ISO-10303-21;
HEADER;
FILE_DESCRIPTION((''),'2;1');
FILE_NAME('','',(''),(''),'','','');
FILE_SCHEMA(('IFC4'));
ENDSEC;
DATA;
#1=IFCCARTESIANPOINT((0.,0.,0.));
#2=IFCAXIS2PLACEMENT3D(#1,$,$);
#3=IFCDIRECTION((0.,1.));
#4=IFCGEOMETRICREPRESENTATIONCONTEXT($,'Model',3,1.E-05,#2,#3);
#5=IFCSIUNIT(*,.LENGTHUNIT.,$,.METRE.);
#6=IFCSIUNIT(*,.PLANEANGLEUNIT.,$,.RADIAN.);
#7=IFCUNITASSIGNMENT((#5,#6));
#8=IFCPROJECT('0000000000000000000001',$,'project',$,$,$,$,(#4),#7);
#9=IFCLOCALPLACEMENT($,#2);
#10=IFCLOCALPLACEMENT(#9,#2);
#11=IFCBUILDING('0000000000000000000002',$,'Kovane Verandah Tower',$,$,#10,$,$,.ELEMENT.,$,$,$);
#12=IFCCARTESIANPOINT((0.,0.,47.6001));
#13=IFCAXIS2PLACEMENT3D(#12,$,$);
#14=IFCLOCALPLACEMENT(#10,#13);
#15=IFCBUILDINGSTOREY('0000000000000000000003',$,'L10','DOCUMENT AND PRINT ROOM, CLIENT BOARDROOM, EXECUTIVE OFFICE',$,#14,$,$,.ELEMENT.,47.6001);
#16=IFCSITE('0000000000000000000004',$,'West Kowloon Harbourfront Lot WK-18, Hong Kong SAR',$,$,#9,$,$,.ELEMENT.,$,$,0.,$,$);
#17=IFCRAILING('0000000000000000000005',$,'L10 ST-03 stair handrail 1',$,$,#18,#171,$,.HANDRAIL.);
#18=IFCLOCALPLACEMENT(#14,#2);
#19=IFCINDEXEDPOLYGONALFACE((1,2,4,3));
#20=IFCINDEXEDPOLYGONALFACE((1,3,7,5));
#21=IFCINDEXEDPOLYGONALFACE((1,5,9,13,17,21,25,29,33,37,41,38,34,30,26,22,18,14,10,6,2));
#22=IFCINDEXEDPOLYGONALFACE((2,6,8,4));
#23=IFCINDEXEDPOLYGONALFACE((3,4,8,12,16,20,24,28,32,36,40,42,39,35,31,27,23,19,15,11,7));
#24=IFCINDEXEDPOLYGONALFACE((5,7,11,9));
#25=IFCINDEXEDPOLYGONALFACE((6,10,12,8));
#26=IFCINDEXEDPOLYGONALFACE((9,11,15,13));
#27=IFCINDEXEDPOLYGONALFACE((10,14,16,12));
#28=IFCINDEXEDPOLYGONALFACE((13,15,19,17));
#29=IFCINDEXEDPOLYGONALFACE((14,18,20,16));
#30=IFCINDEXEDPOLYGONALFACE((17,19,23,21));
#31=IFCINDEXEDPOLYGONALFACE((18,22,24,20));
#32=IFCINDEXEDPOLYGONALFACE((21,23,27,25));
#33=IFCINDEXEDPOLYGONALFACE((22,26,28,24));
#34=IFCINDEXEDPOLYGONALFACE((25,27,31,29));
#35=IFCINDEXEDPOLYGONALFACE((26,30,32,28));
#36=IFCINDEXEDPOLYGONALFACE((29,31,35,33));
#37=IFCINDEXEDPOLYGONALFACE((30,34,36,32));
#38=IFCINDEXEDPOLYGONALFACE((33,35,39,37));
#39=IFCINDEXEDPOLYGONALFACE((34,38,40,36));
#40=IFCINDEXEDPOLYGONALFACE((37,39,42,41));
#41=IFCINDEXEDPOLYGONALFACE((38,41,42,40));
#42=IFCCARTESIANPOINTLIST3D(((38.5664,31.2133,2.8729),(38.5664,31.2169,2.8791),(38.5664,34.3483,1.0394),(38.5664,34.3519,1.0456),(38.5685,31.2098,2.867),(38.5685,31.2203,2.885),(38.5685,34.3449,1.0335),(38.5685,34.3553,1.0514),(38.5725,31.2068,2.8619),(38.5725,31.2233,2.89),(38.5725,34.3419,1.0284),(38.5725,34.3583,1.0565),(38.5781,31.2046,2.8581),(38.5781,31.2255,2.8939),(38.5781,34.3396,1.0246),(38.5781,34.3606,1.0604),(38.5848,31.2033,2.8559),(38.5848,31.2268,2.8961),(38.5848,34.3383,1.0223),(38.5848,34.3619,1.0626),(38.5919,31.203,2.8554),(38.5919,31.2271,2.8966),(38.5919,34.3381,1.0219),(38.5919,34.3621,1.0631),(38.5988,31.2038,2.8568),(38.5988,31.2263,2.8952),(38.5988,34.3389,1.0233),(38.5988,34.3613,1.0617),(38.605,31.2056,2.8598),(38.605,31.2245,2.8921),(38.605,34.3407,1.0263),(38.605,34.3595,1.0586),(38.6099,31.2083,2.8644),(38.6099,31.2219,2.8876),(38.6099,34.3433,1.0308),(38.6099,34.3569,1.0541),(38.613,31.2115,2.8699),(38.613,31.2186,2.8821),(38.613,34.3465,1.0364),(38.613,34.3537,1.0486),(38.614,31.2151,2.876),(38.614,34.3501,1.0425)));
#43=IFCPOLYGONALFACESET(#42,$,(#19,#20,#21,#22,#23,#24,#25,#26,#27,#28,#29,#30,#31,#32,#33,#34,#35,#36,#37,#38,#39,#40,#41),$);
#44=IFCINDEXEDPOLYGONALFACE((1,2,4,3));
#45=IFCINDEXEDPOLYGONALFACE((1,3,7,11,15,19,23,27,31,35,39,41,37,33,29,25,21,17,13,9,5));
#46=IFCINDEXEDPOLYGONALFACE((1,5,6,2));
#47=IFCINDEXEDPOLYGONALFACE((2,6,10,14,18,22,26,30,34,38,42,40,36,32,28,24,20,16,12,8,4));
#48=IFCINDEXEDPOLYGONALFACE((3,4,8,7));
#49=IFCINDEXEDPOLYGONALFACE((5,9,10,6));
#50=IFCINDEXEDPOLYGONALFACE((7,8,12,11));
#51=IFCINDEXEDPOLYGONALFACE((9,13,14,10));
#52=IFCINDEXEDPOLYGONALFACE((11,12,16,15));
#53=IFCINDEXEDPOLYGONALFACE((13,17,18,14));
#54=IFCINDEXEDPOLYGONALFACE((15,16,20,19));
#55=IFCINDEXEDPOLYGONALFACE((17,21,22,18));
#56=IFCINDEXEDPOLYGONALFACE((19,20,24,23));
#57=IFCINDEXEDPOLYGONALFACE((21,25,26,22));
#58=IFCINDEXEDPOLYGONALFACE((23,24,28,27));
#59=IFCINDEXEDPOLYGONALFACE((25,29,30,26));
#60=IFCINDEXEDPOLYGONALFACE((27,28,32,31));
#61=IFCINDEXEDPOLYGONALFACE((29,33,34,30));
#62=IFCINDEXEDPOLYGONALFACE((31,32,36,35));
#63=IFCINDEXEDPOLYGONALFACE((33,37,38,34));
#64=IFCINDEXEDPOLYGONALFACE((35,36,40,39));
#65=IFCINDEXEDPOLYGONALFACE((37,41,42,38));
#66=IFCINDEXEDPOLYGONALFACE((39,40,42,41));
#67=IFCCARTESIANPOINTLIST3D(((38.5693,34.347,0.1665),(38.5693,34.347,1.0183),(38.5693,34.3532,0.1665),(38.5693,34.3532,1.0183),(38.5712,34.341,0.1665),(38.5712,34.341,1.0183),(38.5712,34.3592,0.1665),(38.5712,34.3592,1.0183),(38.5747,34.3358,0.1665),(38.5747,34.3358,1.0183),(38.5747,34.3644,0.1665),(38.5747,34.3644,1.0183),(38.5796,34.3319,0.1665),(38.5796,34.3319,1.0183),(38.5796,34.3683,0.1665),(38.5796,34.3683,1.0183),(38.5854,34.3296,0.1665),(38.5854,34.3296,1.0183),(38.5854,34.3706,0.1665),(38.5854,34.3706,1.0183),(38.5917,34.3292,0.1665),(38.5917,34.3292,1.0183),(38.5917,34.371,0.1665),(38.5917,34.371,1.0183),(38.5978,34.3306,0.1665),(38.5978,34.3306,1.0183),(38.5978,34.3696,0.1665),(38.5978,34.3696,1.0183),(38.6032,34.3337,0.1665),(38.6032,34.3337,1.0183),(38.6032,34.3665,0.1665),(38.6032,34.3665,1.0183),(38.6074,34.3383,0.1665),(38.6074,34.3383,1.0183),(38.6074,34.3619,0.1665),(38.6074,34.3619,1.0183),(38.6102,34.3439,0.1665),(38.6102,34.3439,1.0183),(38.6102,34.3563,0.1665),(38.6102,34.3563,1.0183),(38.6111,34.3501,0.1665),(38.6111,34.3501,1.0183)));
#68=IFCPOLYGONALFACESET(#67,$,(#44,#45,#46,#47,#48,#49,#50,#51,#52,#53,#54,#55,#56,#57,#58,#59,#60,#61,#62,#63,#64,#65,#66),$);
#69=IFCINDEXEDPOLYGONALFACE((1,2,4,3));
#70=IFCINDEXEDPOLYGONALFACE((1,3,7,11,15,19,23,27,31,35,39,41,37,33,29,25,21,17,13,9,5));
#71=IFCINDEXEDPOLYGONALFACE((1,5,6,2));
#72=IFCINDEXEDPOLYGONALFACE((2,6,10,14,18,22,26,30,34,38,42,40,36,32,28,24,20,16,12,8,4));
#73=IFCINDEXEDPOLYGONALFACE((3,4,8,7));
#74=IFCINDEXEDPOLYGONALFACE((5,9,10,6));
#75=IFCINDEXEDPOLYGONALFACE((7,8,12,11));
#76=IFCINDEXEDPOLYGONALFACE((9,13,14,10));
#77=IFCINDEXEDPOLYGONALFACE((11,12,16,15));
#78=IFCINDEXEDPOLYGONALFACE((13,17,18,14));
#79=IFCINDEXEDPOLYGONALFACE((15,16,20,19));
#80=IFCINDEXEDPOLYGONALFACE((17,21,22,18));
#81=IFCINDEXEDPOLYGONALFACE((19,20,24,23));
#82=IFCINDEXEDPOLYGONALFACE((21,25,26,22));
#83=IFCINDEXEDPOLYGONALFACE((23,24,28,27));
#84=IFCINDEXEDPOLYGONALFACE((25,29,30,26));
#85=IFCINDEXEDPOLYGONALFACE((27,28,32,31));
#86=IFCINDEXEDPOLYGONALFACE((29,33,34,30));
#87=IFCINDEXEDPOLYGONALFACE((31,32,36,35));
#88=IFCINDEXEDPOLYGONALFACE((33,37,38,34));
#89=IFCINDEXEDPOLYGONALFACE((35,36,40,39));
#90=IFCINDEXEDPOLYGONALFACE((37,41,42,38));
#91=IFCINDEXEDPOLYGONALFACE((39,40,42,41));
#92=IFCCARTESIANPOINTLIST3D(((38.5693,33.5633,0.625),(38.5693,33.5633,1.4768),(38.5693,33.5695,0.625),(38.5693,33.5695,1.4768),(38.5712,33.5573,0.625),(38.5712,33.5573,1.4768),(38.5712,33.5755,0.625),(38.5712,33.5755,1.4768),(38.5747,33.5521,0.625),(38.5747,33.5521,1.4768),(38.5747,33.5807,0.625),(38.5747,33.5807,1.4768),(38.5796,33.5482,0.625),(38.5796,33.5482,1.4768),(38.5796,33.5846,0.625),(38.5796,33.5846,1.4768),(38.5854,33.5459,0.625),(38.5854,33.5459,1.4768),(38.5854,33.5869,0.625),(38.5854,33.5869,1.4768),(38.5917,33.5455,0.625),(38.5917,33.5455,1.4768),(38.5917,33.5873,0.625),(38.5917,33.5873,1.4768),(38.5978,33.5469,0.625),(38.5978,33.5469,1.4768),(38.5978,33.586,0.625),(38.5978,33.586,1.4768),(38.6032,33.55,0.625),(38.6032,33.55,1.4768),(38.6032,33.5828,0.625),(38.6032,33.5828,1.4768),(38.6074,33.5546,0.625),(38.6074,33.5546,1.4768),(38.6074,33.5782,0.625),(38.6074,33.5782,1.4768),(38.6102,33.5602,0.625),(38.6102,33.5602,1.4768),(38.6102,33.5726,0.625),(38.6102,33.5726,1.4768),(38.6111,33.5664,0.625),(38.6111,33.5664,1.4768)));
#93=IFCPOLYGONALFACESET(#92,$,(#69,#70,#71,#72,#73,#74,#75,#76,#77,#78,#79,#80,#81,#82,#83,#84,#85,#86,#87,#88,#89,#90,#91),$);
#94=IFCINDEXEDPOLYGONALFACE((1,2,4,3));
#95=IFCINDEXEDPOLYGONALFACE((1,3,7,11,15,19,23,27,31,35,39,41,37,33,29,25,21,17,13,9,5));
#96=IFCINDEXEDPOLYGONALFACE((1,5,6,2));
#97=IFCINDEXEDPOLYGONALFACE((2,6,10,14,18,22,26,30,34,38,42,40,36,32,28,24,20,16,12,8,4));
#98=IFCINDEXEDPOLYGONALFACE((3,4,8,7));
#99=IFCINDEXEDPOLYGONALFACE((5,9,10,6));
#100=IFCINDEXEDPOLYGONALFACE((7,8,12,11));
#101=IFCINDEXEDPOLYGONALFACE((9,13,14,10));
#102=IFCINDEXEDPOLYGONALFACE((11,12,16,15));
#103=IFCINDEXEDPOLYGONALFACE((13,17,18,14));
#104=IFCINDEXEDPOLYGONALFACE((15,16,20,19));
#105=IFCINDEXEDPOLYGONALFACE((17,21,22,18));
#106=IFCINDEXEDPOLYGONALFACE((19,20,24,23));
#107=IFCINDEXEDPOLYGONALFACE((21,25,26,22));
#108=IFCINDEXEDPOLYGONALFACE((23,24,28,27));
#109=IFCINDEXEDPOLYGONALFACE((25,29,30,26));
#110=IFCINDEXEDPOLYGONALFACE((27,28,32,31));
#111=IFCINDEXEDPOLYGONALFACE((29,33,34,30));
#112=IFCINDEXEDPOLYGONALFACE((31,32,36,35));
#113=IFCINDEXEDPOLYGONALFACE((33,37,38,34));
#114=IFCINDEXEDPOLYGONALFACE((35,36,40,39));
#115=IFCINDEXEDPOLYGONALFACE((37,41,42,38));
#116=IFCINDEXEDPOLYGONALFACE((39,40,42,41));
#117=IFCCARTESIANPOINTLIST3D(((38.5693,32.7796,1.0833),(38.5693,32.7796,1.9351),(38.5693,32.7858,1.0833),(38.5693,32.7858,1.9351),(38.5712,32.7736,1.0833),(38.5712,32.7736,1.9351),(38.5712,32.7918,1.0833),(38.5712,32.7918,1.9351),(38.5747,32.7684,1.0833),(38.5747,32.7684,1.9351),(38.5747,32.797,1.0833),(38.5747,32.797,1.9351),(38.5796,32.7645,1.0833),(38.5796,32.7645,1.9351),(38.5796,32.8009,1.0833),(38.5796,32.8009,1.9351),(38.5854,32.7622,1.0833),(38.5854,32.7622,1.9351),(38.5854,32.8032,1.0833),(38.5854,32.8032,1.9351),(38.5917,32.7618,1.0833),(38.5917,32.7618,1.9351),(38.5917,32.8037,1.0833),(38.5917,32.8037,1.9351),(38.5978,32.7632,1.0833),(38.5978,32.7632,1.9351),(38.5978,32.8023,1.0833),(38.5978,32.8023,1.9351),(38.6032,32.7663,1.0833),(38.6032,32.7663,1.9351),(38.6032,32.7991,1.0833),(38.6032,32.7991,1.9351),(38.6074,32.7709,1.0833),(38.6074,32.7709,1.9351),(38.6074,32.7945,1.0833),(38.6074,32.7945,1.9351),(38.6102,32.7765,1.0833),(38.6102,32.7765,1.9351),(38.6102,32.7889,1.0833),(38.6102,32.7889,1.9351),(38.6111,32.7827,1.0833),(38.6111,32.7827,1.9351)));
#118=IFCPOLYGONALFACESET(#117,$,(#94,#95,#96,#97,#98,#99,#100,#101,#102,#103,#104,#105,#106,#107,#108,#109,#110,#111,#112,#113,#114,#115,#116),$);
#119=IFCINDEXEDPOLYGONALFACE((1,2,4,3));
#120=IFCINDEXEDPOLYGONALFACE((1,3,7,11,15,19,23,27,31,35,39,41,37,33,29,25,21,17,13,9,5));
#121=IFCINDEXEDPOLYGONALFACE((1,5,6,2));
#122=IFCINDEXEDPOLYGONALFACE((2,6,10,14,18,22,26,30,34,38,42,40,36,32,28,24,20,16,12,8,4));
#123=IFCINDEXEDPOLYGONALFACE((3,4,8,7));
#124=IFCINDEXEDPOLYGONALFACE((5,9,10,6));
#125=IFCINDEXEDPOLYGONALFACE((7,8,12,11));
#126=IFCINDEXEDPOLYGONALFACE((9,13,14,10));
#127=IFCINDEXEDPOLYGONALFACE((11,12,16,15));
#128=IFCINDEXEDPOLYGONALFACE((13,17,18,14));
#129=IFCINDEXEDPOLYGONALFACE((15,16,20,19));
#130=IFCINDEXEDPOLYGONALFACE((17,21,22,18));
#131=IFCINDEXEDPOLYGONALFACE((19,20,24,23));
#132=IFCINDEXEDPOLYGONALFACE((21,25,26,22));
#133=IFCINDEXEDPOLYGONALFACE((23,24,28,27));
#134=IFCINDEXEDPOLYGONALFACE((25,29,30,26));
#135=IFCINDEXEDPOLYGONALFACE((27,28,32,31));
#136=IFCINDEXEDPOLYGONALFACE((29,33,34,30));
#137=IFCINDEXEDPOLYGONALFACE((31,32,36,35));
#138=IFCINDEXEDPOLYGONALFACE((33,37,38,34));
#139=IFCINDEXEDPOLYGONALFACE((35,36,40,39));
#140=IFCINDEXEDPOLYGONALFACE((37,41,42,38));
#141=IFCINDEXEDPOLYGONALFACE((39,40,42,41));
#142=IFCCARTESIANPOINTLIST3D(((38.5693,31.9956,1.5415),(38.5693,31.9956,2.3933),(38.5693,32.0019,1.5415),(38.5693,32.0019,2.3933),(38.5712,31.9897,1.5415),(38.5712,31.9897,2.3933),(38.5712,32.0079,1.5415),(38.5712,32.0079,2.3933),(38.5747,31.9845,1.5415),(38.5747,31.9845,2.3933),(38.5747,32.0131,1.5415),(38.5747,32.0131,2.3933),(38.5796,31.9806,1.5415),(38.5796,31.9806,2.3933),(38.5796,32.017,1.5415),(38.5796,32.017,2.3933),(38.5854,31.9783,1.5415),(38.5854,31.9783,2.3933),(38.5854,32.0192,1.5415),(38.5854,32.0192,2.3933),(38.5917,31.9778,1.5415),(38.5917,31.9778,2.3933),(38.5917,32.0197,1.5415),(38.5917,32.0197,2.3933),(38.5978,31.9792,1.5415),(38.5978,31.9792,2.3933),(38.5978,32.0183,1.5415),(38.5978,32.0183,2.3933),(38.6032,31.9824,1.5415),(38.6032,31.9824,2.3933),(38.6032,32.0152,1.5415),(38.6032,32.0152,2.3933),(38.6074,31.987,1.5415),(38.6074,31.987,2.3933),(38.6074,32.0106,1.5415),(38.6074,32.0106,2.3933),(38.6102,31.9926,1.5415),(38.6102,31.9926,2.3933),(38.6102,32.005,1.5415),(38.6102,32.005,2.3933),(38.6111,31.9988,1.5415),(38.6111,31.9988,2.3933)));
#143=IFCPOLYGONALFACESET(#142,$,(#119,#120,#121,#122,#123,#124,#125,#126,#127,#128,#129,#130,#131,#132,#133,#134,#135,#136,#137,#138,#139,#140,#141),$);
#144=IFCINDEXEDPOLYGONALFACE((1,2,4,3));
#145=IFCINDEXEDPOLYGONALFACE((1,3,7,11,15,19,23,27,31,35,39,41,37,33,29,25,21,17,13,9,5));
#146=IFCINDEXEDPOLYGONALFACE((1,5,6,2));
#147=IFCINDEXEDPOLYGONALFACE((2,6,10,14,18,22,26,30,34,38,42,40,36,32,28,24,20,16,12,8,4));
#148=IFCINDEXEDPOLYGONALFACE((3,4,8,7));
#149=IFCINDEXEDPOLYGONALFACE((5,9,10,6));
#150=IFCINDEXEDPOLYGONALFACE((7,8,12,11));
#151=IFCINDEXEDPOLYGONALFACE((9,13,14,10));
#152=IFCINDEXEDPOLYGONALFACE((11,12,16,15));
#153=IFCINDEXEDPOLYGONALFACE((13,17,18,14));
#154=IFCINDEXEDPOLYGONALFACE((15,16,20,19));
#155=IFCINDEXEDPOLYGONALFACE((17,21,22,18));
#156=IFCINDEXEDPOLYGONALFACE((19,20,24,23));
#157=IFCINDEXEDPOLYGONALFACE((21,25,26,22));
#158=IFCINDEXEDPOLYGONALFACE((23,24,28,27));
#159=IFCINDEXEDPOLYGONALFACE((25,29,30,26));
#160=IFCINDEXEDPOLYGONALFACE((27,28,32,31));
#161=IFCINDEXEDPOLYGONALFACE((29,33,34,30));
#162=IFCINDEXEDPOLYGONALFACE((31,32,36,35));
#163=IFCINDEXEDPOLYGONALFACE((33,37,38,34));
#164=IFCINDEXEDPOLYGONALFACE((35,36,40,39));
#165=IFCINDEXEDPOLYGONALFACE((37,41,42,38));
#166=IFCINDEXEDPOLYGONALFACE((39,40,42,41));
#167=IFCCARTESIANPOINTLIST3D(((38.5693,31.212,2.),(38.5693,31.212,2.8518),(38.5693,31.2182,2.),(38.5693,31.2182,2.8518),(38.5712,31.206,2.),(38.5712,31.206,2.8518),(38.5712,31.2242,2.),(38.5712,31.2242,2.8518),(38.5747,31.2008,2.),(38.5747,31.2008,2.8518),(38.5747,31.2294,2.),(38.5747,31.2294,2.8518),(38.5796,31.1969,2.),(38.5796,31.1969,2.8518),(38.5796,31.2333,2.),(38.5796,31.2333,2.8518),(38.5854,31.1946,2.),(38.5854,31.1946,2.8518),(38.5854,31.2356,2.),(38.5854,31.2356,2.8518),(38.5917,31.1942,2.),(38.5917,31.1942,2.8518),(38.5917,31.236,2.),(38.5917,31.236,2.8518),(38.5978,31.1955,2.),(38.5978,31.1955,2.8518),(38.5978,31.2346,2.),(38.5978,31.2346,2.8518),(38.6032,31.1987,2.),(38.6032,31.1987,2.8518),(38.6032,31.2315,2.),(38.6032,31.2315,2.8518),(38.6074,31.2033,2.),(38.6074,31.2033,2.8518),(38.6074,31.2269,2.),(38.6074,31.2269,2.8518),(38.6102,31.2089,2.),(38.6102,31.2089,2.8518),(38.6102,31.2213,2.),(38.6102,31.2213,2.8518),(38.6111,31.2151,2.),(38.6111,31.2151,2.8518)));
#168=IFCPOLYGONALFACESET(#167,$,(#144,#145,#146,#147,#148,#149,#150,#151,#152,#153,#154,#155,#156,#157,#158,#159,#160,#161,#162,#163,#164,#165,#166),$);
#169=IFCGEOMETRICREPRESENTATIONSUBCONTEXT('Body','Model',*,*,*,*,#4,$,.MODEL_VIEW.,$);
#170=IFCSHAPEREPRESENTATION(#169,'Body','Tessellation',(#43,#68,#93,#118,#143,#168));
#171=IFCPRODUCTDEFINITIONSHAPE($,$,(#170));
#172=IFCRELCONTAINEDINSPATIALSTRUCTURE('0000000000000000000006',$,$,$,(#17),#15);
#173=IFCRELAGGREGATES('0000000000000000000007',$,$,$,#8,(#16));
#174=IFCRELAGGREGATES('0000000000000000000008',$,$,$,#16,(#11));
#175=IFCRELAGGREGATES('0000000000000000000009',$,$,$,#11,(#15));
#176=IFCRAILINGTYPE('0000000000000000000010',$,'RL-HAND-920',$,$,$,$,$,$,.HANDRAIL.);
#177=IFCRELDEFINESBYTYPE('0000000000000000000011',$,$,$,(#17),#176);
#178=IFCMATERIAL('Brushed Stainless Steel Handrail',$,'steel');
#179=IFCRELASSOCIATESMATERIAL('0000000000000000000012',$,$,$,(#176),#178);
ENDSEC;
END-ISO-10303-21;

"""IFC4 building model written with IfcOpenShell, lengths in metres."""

from ifc_helpers import new_model, si_unit, direction, frame, origin, origin_2d, place, context, subcontext, project, spatial, circle, extrude, material, type_object, element, save


model = new_model("IFC4")

# Units and contexts
model_context = context("Model", 3, precision=1e-05, world=origin(), true_north=direction((0.0, 1.0)))
body_context = subcontext(model_context, "Body", "Model", "MODEL_VIEW")
ifc_project = project(units=[si_unit("LENGTHUNIT", "METRE"), si_unit("PLANEANGLEUNIT", "RADIAN")], contexts=[model_context])

# Site, building, storey
site_placement = place(None, origin())
site = spatial("IfcSite", under=ifc_project, at=site_placement, Name="West Kowloon Harbourfront Lot WK-18, Hong Kong SAR", CompositionType="ELEMENT", RefElevation=0.0)
building_placement = place(site_placement, origin())
building = spatial("IfcBuilding", under=site, at=building_placement, Name="Kovane Verandah Tower", CompositionType="ELEMENT")
storey_placement = place(building_placement, frame((0.0, 0.0, 47.6001)))
storey = spatial("IfcBuildingStorey", under=building, at=storey_placement, Name="L10", Description="DOCUMENT AND PRINT ROOM, CLIENT BOARDROOM, EXECUTIVE OFFICE", CompositionType="ELEMENT", Elevation=47.6001)

# Railing
ifc_material_1 = material(Name="Brushed Stainless Steel Handrail", Category="steel")
railing_type_1 = type_object("IfcRailingType", Name="RL-HAND-920", PredefinedType="HANDRAIL", material=ifc_material_1)
railing_1_placement = place(storey_placement, frame((38.5901, 34.3501, 0.1665)))
element("IfcRailing", 1, at=railing_1_placement, inside=storey, type_object=railing_type_1, Name="L10 ST-03 stair handrail 1", PredefinedType="HANDRAIL", context=body_context, shape_type="SweptSolid", body=[
    extrude(circle(Radius=0.0239, at=origin_2d()), frame((0.0, 0.0, 0.876), z_axis=(0.0, -0.86321, 0.504845), x_axis=(1.0, 0.0, 0.0)), (0.0, 0.0, 1.0), 3.6318),
    extrude(circle(Radius=0.021, at=origin_2d()), origin(), (0.0, 0.0, 1.0), 0.8518),
    extrude(circle(Radius=0.021, at=origin_2d()), frame((0.0, -0.7837, 0.4585)), (0.0, 0.0, 1.0), 0.8518),
    extrude(circle(Radius=0.021, at=origin_2d()), frame((0.0, -1.5674, 0.9167)), (0.0, 0.0, 1.0), 0.8518),
    extrude(circle(Radius=0.021, at=origin_2d()), frame((0.0, -2.3513, 1.375)), (0.0, 0.0, 1.0), 0.8518),
    extrude(circle(Radius=0.021, at=origin_2d()), frame((0.0, -3.135, 1.8335)), (0.0, 0.0, 1.0), 0.8518),
])

save(model, "model.ifc")
